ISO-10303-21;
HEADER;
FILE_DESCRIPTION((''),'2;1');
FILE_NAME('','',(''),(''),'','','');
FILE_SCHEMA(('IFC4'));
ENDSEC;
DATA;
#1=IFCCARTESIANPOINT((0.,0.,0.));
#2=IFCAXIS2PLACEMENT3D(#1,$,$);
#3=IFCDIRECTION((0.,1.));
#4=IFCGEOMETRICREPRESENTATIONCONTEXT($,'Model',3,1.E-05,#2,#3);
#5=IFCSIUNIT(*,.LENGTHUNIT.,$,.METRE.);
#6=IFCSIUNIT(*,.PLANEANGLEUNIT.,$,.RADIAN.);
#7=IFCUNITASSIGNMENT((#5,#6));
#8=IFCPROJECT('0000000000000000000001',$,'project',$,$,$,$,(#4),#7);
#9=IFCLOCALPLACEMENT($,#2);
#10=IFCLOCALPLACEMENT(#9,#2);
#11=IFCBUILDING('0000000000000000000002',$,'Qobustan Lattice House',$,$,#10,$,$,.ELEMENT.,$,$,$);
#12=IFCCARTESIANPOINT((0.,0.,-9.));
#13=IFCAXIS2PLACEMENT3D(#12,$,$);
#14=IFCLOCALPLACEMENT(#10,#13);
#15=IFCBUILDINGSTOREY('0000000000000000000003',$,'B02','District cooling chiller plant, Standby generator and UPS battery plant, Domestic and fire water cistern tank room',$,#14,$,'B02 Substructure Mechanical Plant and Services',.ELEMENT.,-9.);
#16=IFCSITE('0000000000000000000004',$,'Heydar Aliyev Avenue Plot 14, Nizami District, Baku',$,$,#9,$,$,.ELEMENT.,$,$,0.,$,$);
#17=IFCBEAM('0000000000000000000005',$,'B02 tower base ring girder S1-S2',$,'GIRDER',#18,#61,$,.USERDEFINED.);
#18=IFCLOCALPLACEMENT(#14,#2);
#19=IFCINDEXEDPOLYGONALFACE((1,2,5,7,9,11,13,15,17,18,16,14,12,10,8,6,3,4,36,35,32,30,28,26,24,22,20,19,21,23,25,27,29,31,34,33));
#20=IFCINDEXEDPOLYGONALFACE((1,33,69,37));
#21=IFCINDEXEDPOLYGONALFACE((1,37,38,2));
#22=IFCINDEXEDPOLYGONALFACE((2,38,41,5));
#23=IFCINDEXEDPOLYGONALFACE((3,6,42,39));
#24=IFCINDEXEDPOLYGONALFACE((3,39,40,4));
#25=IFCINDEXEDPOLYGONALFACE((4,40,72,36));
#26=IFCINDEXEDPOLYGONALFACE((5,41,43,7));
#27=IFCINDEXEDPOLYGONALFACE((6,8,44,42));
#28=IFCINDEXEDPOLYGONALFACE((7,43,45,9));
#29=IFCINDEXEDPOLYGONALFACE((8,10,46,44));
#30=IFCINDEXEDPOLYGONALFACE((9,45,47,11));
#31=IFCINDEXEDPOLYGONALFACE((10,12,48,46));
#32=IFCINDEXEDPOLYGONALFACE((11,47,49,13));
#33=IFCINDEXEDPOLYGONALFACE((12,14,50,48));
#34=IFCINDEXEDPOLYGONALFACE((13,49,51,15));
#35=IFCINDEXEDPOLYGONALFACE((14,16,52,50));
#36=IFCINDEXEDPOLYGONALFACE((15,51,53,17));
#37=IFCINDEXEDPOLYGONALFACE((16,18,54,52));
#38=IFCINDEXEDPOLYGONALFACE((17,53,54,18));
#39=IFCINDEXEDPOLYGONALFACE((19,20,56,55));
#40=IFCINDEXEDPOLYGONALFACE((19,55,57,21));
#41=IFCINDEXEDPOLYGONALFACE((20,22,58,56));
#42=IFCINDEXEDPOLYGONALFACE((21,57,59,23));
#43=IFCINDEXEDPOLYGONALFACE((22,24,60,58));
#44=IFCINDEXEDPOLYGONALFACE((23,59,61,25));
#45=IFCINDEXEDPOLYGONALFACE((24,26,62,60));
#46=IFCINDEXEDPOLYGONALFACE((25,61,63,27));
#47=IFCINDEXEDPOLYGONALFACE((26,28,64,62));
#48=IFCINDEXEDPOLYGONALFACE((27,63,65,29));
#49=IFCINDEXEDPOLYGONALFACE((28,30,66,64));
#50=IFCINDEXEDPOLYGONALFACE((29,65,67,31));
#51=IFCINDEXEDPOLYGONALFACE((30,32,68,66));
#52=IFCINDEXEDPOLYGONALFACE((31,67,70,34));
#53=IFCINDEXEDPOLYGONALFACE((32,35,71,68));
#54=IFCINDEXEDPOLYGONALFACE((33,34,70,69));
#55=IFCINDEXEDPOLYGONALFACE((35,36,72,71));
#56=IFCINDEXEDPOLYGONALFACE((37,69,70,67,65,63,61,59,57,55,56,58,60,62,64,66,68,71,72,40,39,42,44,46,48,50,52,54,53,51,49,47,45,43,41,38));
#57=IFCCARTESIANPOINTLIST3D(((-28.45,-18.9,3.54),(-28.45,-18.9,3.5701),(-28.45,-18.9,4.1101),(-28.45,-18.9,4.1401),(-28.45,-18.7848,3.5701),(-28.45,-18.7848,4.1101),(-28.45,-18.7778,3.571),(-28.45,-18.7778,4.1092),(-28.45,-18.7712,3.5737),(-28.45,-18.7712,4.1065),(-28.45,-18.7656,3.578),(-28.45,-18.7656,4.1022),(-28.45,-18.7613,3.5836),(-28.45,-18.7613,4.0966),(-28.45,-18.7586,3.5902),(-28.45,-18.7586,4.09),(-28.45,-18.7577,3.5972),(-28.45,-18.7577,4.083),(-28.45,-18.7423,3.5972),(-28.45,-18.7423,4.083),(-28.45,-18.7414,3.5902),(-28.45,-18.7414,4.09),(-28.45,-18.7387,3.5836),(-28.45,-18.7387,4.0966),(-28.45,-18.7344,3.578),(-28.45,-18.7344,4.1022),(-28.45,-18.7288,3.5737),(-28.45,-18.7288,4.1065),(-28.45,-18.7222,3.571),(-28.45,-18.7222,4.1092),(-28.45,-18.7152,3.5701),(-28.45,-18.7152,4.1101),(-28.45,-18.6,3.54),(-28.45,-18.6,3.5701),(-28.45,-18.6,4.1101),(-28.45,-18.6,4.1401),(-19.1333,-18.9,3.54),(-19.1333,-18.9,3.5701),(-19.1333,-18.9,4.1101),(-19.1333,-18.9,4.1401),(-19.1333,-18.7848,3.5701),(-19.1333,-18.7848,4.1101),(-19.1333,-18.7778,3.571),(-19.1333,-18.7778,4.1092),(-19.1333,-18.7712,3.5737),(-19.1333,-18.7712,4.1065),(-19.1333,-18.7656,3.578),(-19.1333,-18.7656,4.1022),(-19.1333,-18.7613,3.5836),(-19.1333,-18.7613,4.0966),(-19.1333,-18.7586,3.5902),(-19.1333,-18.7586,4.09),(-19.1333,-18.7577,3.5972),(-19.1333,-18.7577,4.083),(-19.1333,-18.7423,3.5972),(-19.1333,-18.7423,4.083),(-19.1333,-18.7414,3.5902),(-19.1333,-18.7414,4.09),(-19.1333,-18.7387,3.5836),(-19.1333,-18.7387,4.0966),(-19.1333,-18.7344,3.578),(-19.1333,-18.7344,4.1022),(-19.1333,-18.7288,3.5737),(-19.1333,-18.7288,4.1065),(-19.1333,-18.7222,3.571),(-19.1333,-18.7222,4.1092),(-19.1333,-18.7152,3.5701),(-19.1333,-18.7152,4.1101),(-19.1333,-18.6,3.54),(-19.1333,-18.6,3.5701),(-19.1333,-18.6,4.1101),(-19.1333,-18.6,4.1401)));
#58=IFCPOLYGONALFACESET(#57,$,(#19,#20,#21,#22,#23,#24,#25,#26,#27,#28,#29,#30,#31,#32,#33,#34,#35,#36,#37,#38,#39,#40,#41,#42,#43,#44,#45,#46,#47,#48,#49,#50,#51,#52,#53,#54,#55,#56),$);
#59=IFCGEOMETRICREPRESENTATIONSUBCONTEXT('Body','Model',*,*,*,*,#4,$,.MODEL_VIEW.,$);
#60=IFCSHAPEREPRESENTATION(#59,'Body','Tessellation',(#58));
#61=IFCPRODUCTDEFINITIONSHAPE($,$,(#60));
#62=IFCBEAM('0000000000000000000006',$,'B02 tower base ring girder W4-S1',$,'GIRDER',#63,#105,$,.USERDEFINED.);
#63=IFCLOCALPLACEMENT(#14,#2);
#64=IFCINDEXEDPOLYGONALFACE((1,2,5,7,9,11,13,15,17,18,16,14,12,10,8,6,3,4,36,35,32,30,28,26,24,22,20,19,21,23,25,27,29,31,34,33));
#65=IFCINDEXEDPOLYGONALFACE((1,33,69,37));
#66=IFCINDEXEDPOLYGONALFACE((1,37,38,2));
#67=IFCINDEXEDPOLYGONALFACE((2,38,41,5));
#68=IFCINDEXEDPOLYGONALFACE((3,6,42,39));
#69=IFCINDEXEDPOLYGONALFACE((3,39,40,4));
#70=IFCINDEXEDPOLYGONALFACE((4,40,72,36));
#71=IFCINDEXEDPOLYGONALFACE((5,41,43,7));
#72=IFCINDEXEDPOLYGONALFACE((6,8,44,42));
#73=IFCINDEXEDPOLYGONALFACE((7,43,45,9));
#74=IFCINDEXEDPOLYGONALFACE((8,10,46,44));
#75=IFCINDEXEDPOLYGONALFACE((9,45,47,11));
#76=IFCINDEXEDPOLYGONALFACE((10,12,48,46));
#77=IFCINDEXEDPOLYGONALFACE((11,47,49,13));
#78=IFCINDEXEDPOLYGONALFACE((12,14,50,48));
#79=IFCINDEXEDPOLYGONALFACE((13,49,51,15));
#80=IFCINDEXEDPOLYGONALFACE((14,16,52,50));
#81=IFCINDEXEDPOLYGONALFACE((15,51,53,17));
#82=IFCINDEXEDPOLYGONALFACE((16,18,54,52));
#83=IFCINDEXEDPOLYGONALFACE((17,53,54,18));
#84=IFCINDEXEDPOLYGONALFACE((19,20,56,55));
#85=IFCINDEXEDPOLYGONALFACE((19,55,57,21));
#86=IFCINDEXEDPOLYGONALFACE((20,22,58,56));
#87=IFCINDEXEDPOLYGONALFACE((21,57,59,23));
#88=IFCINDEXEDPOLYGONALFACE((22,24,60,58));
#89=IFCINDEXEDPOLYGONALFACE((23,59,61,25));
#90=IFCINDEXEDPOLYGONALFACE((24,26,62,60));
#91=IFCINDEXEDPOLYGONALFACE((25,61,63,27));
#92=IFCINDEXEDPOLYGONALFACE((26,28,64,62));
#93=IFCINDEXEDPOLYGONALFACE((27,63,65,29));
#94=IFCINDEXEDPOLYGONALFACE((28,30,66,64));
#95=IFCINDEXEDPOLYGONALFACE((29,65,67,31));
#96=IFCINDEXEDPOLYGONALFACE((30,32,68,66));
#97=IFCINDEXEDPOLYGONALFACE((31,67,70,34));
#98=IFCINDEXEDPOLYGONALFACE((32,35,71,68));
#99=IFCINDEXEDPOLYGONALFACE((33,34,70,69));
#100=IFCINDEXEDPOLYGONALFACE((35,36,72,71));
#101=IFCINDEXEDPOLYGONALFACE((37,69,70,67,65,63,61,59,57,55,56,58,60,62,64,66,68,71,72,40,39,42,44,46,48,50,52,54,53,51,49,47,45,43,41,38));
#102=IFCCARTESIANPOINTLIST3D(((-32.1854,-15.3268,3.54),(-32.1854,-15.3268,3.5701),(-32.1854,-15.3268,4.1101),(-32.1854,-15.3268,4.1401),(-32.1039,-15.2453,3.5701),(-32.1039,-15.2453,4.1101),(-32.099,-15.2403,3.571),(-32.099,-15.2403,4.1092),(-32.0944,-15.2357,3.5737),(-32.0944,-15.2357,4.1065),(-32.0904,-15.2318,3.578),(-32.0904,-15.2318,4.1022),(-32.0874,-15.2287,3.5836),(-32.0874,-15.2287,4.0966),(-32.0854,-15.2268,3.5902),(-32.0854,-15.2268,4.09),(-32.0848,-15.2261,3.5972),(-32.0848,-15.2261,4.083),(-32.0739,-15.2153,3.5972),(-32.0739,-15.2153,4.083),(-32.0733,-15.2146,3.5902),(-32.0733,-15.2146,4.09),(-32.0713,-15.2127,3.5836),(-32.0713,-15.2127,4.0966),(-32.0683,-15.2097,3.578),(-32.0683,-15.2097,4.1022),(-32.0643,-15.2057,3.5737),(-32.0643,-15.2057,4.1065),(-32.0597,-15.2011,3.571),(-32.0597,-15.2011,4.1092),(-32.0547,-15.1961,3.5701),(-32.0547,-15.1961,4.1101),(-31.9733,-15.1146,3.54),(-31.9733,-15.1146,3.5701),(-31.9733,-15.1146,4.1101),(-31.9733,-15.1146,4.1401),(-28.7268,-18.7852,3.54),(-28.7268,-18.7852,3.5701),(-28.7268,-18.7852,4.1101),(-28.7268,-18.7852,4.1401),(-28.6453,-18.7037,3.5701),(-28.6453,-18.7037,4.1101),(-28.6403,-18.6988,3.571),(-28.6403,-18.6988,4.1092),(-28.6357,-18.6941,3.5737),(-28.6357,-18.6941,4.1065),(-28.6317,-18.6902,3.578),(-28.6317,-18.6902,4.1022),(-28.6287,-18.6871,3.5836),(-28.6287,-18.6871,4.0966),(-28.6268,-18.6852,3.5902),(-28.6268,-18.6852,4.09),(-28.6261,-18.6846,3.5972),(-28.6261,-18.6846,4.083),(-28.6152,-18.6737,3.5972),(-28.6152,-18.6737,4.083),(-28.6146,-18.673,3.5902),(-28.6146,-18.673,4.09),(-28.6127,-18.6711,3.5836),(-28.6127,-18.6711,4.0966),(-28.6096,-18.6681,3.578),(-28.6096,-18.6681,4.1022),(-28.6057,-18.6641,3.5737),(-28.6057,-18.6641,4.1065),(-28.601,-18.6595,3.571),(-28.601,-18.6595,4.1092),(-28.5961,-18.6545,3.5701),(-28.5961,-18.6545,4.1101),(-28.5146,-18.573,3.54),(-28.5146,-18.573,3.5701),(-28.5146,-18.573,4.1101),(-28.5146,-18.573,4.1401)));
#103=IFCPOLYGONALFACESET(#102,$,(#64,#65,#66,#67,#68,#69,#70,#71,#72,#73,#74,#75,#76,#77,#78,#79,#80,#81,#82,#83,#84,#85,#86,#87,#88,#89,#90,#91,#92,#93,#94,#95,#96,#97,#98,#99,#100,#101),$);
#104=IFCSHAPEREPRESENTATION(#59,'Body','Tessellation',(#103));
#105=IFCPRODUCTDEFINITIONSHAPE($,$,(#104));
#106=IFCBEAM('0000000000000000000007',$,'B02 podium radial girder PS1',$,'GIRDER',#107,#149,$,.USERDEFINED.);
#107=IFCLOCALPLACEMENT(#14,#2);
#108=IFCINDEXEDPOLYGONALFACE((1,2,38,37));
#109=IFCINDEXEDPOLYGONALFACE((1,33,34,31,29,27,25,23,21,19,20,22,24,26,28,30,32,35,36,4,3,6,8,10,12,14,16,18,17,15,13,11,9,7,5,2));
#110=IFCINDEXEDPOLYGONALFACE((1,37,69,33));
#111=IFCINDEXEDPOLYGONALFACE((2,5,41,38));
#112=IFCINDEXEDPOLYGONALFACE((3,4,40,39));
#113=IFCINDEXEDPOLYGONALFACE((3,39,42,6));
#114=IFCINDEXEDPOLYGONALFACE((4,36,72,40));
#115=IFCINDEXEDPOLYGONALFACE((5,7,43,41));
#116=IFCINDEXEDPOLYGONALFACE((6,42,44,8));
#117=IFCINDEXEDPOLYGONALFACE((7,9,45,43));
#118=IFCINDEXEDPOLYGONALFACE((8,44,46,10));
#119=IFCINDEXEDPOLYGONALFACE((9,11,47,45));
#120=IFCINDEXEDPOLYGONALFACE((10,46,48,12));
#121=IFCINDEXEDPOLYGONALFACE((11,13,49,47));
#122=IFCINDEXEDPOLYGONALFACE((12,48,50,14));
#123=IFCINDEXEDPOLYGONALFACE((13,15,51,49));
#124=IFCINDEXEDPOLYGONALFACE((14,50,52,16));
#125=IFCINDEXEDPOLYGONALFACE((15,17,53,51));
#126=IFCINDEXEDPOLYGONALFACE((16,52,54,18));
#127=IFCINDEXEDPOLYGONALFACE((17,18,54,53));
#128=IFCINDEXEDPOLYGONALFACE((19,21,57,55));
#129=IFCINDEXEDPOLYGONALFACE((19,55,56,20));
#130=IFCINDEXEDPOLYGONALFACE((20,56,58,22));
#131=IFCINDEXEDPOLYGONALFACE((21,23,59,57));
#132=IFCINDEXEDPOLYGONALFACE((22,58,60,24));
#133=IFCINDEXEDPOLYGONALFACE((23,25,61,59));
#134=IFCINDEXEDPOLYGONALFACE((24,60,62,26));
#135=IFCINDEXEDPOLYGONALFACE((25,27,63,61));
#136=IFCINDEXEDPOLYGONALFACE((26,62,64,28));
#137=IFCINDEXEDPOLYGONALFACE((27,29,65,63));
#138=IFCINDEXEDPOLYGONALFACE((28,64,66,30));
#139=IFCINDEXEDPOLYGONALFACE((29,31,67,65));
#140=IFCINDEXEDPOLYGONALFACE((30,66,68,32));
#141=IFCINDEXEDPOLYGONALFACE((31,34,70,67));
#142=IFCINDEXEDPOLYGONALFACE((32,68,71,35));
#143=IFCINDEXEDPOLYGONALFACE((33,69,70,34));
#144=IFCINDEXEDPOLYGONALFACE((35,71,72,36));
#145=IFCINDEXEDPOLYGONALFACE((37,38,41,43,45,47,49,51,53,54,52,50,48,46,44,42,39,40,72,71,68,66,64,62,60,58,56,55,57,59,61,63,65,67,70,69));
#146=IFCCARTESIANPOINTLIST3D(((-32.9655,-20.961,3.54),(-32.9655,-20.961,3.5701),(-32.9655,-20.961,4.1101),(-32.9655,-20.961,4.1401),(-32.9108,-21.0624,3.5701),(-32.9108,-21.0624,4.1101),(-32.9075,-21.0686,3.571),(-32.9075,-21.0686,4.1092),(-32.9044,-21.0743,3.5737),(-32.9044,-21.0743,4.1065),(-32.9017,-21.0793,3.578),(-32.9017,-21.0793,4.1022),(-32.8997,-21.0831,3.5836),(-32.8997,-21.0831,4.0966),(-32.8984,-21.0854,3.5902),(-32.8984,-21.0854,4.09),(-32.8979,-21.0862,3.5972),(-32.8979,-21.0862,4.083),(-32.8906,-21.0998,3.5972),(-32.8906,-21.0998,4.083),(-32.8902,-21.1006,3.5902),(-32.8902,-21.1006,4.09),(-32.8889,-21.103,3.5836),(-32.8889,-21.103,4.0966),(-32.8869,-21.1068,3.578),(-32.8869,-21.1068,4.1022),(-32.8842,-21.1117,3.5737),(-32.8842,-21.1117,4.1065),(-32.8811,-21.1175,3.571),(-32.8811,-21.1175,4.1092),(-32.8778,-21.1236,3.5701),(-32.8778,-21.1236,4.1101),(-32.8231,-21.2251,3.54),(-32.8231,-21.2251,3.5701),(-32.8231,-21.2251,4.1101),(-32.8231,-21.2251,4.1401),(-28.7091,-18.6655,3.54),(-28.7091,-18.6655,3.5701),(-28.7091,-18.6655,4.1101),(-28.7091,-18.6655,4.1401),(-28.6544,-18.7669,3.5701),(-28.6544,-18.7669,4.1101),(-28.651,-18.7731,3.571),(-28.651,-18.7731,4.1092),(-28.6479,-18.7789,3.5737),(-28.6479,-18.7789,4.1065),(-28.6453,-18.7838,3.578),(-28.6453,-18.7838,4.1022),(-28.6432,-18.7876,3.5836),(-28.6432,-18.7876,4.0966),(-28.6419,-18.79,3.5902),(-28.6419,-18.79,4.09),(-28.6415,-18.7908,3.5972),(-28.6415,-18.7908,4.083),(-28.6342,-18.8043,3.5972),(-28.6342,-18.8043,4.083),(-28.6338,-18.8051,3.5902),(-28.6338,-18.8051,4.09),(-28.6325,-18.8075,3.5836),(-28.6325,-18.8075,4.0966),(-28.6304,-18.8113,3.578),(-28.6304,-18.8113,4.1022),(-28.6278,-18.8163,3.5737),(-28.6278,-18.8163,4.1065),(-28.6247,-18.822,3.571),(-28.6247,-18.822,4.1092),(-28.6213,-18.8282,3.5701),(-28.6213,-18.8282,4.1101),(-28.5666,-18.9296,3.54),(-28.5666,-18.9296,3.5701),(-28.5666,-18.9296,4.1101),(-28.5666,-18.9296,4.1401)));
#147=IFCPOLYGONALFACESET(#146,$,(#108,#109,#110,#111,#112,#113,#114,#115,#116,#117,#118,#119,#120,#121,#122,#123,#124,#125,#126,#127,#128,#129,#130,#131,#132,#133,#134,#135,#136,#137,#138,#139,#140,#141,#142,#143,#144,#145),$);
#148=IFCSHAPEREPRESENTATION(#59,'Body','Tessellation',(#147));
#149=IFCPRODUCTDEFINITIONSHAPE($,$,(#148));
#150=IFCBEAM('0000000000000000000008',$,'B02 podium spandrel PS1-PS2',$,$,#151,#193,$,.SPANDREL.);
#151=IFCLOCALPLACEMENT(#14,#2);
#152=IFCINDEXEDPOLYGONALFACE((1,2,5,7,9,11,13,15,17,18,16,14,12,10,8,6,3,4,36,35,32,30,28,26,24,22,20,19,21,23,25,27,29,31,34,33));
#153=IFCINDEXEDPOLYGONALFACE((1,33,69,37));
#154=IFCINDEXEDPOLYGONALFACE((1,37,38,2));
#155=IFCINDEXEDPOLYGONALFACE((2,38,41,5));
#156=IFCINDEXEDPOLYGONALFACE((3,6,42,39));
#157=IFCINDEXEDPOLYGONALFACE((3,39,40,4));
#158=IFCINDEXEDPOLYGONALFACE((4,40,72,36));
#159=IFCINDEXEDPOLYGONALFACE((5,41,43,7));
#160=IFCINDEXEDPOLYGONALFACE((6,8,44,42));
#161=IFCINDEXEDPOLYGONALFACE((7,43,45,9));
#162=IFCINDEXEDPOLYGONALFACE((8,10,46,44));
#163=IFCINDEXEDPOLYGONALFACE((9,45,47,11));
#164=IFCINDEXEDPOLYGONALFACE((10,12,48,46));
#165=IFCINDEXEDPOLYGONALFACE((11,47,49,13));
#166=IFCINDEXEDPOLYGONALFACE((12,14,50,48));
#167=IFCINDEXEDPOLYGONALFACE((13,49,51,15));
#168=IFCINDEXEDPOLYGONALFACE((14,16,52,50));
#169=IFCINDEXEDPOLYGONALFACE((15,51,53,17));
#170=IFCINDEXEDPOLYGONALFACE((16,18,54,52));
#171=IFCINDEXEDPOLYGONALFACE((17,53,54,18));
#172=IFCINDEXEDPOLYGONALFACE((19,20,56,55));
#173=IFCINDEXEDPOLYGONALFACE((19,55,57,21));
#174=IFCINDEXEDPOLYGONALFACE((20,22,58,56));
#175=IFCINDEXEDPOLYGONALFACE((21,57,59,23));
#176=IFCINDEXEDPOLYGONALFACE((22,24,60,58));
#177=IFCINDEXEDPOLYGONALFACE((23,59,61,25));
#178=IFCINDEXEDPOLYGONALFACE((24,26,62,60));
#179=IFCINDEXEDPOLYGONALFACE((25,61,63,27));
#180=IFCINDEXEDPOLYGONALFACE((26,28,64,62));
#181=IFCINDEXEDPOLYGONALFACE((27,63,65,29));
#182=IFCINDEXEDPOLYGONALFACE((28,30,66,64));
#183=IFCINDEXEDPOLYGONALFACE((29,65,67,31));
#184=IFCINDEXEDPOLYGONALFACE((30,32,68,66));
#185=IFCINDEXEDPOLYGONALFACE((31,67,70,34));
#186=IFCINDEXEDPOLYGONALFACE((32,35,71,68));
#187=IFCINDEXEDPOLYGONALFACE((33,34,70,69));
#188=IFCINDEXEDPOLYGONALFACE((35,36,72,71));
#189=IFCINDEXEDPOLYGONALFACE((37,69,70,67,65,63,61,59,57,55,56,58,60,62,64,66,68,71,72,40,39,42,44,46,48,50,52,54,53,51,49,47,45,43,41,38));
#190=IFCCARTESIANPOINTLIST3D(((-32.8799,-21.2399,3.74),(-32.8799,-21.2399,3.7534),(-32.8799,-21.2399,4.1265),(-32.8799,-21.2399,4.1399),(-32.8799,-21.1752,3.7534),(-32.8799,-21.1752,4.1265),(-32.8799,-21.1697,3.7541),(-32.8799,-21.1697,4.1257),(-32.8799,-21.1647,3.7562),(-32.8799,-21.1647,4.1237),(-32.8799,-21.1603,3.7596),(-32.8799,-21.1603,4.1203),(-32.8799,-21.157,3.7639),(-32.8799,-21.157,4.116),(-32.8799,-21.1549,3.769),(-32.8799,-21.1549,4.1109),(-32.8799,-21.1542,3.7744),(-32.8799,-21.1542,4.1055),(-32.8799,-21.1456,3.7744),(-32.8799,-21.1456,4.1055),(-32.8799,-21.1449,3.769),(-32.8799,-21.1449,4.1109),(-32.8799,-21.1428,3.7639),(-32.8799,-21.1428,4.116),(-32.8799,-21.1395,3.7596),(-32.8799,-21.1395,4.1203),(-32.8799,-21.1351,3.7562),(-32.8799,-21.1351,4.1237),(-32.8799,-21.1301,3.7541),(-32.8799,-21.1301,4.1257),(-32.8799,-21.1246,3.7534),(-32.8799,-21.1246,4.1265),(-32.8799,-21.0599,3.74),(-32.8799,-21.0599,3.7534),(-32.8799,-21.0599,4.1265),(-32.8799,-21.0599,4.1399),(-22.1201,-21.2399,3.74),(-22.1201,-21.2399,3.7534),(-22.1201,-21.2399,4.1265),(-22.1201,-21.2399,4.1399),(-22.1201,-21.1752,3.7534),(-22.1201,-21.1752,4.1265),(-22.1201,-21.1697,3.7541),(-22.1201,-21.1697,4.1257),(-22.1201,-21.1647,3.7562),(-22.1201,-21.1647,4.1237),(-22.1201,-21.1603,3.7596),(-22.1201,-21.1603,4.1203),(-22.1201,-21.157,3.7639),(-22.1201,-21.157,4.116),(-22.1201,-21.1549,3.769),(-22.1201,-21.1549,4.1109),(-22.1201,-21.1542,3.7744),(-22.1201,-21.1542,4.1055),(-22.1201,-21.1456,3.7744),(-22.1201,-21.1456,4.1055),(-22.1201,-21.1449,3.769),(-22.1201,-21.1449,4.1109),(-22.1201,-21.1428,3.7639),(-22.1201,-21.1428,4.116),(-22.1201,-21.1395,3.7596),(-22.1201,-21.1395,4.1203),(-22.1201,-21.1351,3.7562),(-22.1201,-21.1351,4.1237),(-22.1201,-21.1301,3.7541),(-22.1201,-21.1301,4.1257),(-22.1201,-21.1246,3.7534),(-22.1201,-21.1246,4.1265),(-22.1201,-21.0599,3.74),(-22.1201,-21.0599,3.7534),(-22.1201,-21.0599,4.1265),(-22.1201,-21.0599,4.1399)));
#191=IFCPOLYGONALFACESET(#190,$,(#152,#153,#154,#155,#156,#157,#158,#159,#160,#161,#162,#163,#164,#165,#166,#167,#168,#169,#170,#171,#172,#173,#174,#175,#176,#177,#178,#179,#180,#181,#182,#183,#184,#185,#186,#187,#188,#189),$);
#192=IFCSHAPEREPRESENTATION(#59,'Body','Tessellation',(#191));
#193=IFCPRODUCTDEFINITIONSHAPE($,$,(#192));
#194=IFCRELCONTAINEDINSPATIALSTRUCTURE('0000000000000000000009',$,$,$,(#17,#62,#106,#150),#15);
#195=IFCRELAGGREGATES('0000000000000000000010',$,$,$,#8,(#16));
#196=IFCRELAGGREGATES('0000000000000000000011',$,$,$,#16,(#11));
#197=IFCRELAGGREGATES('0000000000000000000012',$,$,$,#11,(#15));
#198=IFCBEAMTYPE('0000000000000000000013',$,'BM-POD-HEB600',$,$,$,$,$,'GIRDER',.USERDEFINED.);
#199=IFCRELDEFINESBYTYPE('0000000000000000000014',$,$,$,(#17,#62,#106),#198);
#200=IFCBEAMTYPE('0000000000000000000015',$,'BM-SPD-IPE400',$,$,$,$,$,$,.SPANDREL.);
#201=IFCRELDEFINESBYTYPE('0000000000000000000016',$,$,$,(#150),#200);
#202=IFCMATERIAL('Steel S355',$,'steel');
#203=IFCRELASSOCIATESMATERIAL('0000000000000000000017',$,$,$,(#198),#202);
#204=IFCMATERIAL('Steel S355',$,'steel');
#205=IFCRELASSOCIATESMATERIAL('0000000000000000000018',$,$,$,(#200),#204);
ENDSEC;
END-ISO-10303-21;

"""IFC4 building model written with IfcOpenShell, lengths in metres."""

from ifc_helpers import new_model, si_unit, direction, frame, origin, origin_2d, place, context, subcontext, project, spatial, i_section, extrude, material, material_profile, profile_set, type_object, element, save


model = new_model("IFC4")

# Units and contexts
model_context = context("Model", 3, precision=1e-05, world=origin(), true_north=direction((0.0, 1.0)))
body_context = subcontext(model_context, "Body", "Model", "MODEL_VIEW")
ifc_project = project(units=[si_unit("LENGTHUNIT", "METRE"), si_unit("PLANEANGLEUNIT", "RADIAN")], contexts=[model_context])

# Site, building, storey
site_placement = place(None, origin())
site = spatial("IfcSite", under=ifc_project, at=site_placement, Name="Heydar Aliyev Avenue Plot 14, Nizami District, Baku", CompositionType="ELEMENT", RefElevation=0.0)
building_placement = place(site_placement, origin())
building = spatial("IfcBuilding", under=site, at=building_placement, Name="Qobustan Lattice House", CompositionType="ELEMENT")
storey_placement = place(building_placement, frame((0.0, 0.0, -9.0)))
storey = spatial("IfcBuildingStorey", under=building, at=storey_placement, Name="B02", Description="District cooling chiller plant, Standby generator and UPS battery plant, Domestic and fire water cistern tank room", LongName="B02 Substructure Mechanical Plant and Services", CompositionType="ELEMENT", Elevation=-9.0)

# Beams
ifc_material_1 = material(Name="Steel S355", Category="steel")
ifc_material_profile_1 = material_profile(ifc_material_1, i_section(OverallWidth=0.3, OverallDepth=0.6001, WebThickness=0.0154, FlangeThickness=0.03, FilletRadius=0.0271, at=origin_2d()), Name="HEB600")
ifc_profile_set_1 = profile_set([ifc_material_profile_1], Name="Steel S355")
beam_type_1 = type_object("IfcBeamType", Name="BM-POD-HEB600", ElementType="GIRDER", PredefinedType="USERDEFINED", material=ifc_profile_set_1)
beam_1_placement = place(storey_placement, frame((-28.45, -18.75, 3.8401), z_axis=(1.0, 0.0, 0.0), x_axis=(0.0, 1.0, 0.0)))
element("IfcBeam", 1, at=beam_1_placement, inside=storey, type_object=beam_type_1, Name="B02 tower base ring girder S1-S2", ObjectType="GIRDER", PredefinedType="USERDEFINED", context=body_context, shape_type="SweptSolid", body=[
    extrude(i_section(OverallWidth=0.3, OverallDepth=0.6001, WebThickness=0.0154, FlangeThickness=0.03, FilletRadius=0.0271, at=origin_2d()), origin(), (0.0, 0.0, 1.0), 9.3167),
])
beam_2_placement = place(storey_placement, frame((-32.0793, -15.2207, 3.8401), z_axis=(0.707132, -0.707082, 0.0), x_axis=(0.707082, 0.707132, 0.0)))
element("IfcBeam", 2, at=beam_2_placement, inside=storey, type_object=beam_type_1, Name="B02 tower base ring girder W4-S1", ObjectType="GIRDER", PredefinedType="USERDEFINED", context=body_context, shape_type="SweptSolid", body=[
    extrude(i_section(OverallWidth=0.3, OverallDepth=0.6001, WebThickness=0.0154, FlangeThickness=0.03, FilletRadius=0.0271, at=origin_2d()), origin(), (0.0, 0.0, 1.0), 4.8911),
])
beam_3_placement = place(storey_placement, frame((-32.8943, -21.093, 3.8401), z_axis=(0.880166, 0.474666, 0.0), x_axis=(-0.474666, 0.880166, 0.0)))
element("IfcBeam", 3, at=beam_3_placement, inside=storey, type_object=beam_type_1, Name="B02 podium radial girder PS1", ObjectType="GIRDER", PredefinedType="USERDEFINED", context=body_context, shape_type="SweptSolid", body=[
    extrude(i_section(OverallWidth=0.3, OverallDepth=0.6001, WebThickness=0.0154, FlangeThickness=0.03, FilletRadius=0.0271, at=origin_2d()), origin(), (0.0, 0.0, 1.0), 4.8359),
])
ifc_material_2 = material(Name="Steel S355", Category="steel")
ifc_material_profile_2 = material_profile(ifc_material_2, i_section(OverallWidth=0.1799, OverallDepth=0.3999, WebThickness=0.0085, FlangeThickness=0.0134, FilletRadius=0.021, at=origin_2d()), Name="IPE400")
ifc_profile_set_2 = profile_set([ifc_material_profile_2], Name="Steel S355")
beam_type_2 = type_object("IfcBeamType", Name="BM-SPD-IPE400", PredefinedType="SPANDREL", material=ifc_profile_set_2)
beam_4_placement = place(storey_placement, frame((-32.8799, -21.1499, 3.9399), z_axis=(1.0, 0.0, 0.0), x_axis=(0.0, 1.0, 0.0)))
element("IfcBeam", 4, at=beam_4_placement, inside=storey, type_object=beam_type_2, Name="B02 podium spandrel PS1-PS2", PredefinedType="SPANDREL", context=body_context, shape_type="SweptSolid", body=[
    extrude(i_section(OverallWidth=0.1799, OverallDepth=0.3999, WebThickness=0.0085, FlangeThickness=0.0134, FilletRadius=0.021, at=origin_2d()), origin(), (0.0, 0.0, 1.0), 10.7598),
])

save(model, "model.ifc")
